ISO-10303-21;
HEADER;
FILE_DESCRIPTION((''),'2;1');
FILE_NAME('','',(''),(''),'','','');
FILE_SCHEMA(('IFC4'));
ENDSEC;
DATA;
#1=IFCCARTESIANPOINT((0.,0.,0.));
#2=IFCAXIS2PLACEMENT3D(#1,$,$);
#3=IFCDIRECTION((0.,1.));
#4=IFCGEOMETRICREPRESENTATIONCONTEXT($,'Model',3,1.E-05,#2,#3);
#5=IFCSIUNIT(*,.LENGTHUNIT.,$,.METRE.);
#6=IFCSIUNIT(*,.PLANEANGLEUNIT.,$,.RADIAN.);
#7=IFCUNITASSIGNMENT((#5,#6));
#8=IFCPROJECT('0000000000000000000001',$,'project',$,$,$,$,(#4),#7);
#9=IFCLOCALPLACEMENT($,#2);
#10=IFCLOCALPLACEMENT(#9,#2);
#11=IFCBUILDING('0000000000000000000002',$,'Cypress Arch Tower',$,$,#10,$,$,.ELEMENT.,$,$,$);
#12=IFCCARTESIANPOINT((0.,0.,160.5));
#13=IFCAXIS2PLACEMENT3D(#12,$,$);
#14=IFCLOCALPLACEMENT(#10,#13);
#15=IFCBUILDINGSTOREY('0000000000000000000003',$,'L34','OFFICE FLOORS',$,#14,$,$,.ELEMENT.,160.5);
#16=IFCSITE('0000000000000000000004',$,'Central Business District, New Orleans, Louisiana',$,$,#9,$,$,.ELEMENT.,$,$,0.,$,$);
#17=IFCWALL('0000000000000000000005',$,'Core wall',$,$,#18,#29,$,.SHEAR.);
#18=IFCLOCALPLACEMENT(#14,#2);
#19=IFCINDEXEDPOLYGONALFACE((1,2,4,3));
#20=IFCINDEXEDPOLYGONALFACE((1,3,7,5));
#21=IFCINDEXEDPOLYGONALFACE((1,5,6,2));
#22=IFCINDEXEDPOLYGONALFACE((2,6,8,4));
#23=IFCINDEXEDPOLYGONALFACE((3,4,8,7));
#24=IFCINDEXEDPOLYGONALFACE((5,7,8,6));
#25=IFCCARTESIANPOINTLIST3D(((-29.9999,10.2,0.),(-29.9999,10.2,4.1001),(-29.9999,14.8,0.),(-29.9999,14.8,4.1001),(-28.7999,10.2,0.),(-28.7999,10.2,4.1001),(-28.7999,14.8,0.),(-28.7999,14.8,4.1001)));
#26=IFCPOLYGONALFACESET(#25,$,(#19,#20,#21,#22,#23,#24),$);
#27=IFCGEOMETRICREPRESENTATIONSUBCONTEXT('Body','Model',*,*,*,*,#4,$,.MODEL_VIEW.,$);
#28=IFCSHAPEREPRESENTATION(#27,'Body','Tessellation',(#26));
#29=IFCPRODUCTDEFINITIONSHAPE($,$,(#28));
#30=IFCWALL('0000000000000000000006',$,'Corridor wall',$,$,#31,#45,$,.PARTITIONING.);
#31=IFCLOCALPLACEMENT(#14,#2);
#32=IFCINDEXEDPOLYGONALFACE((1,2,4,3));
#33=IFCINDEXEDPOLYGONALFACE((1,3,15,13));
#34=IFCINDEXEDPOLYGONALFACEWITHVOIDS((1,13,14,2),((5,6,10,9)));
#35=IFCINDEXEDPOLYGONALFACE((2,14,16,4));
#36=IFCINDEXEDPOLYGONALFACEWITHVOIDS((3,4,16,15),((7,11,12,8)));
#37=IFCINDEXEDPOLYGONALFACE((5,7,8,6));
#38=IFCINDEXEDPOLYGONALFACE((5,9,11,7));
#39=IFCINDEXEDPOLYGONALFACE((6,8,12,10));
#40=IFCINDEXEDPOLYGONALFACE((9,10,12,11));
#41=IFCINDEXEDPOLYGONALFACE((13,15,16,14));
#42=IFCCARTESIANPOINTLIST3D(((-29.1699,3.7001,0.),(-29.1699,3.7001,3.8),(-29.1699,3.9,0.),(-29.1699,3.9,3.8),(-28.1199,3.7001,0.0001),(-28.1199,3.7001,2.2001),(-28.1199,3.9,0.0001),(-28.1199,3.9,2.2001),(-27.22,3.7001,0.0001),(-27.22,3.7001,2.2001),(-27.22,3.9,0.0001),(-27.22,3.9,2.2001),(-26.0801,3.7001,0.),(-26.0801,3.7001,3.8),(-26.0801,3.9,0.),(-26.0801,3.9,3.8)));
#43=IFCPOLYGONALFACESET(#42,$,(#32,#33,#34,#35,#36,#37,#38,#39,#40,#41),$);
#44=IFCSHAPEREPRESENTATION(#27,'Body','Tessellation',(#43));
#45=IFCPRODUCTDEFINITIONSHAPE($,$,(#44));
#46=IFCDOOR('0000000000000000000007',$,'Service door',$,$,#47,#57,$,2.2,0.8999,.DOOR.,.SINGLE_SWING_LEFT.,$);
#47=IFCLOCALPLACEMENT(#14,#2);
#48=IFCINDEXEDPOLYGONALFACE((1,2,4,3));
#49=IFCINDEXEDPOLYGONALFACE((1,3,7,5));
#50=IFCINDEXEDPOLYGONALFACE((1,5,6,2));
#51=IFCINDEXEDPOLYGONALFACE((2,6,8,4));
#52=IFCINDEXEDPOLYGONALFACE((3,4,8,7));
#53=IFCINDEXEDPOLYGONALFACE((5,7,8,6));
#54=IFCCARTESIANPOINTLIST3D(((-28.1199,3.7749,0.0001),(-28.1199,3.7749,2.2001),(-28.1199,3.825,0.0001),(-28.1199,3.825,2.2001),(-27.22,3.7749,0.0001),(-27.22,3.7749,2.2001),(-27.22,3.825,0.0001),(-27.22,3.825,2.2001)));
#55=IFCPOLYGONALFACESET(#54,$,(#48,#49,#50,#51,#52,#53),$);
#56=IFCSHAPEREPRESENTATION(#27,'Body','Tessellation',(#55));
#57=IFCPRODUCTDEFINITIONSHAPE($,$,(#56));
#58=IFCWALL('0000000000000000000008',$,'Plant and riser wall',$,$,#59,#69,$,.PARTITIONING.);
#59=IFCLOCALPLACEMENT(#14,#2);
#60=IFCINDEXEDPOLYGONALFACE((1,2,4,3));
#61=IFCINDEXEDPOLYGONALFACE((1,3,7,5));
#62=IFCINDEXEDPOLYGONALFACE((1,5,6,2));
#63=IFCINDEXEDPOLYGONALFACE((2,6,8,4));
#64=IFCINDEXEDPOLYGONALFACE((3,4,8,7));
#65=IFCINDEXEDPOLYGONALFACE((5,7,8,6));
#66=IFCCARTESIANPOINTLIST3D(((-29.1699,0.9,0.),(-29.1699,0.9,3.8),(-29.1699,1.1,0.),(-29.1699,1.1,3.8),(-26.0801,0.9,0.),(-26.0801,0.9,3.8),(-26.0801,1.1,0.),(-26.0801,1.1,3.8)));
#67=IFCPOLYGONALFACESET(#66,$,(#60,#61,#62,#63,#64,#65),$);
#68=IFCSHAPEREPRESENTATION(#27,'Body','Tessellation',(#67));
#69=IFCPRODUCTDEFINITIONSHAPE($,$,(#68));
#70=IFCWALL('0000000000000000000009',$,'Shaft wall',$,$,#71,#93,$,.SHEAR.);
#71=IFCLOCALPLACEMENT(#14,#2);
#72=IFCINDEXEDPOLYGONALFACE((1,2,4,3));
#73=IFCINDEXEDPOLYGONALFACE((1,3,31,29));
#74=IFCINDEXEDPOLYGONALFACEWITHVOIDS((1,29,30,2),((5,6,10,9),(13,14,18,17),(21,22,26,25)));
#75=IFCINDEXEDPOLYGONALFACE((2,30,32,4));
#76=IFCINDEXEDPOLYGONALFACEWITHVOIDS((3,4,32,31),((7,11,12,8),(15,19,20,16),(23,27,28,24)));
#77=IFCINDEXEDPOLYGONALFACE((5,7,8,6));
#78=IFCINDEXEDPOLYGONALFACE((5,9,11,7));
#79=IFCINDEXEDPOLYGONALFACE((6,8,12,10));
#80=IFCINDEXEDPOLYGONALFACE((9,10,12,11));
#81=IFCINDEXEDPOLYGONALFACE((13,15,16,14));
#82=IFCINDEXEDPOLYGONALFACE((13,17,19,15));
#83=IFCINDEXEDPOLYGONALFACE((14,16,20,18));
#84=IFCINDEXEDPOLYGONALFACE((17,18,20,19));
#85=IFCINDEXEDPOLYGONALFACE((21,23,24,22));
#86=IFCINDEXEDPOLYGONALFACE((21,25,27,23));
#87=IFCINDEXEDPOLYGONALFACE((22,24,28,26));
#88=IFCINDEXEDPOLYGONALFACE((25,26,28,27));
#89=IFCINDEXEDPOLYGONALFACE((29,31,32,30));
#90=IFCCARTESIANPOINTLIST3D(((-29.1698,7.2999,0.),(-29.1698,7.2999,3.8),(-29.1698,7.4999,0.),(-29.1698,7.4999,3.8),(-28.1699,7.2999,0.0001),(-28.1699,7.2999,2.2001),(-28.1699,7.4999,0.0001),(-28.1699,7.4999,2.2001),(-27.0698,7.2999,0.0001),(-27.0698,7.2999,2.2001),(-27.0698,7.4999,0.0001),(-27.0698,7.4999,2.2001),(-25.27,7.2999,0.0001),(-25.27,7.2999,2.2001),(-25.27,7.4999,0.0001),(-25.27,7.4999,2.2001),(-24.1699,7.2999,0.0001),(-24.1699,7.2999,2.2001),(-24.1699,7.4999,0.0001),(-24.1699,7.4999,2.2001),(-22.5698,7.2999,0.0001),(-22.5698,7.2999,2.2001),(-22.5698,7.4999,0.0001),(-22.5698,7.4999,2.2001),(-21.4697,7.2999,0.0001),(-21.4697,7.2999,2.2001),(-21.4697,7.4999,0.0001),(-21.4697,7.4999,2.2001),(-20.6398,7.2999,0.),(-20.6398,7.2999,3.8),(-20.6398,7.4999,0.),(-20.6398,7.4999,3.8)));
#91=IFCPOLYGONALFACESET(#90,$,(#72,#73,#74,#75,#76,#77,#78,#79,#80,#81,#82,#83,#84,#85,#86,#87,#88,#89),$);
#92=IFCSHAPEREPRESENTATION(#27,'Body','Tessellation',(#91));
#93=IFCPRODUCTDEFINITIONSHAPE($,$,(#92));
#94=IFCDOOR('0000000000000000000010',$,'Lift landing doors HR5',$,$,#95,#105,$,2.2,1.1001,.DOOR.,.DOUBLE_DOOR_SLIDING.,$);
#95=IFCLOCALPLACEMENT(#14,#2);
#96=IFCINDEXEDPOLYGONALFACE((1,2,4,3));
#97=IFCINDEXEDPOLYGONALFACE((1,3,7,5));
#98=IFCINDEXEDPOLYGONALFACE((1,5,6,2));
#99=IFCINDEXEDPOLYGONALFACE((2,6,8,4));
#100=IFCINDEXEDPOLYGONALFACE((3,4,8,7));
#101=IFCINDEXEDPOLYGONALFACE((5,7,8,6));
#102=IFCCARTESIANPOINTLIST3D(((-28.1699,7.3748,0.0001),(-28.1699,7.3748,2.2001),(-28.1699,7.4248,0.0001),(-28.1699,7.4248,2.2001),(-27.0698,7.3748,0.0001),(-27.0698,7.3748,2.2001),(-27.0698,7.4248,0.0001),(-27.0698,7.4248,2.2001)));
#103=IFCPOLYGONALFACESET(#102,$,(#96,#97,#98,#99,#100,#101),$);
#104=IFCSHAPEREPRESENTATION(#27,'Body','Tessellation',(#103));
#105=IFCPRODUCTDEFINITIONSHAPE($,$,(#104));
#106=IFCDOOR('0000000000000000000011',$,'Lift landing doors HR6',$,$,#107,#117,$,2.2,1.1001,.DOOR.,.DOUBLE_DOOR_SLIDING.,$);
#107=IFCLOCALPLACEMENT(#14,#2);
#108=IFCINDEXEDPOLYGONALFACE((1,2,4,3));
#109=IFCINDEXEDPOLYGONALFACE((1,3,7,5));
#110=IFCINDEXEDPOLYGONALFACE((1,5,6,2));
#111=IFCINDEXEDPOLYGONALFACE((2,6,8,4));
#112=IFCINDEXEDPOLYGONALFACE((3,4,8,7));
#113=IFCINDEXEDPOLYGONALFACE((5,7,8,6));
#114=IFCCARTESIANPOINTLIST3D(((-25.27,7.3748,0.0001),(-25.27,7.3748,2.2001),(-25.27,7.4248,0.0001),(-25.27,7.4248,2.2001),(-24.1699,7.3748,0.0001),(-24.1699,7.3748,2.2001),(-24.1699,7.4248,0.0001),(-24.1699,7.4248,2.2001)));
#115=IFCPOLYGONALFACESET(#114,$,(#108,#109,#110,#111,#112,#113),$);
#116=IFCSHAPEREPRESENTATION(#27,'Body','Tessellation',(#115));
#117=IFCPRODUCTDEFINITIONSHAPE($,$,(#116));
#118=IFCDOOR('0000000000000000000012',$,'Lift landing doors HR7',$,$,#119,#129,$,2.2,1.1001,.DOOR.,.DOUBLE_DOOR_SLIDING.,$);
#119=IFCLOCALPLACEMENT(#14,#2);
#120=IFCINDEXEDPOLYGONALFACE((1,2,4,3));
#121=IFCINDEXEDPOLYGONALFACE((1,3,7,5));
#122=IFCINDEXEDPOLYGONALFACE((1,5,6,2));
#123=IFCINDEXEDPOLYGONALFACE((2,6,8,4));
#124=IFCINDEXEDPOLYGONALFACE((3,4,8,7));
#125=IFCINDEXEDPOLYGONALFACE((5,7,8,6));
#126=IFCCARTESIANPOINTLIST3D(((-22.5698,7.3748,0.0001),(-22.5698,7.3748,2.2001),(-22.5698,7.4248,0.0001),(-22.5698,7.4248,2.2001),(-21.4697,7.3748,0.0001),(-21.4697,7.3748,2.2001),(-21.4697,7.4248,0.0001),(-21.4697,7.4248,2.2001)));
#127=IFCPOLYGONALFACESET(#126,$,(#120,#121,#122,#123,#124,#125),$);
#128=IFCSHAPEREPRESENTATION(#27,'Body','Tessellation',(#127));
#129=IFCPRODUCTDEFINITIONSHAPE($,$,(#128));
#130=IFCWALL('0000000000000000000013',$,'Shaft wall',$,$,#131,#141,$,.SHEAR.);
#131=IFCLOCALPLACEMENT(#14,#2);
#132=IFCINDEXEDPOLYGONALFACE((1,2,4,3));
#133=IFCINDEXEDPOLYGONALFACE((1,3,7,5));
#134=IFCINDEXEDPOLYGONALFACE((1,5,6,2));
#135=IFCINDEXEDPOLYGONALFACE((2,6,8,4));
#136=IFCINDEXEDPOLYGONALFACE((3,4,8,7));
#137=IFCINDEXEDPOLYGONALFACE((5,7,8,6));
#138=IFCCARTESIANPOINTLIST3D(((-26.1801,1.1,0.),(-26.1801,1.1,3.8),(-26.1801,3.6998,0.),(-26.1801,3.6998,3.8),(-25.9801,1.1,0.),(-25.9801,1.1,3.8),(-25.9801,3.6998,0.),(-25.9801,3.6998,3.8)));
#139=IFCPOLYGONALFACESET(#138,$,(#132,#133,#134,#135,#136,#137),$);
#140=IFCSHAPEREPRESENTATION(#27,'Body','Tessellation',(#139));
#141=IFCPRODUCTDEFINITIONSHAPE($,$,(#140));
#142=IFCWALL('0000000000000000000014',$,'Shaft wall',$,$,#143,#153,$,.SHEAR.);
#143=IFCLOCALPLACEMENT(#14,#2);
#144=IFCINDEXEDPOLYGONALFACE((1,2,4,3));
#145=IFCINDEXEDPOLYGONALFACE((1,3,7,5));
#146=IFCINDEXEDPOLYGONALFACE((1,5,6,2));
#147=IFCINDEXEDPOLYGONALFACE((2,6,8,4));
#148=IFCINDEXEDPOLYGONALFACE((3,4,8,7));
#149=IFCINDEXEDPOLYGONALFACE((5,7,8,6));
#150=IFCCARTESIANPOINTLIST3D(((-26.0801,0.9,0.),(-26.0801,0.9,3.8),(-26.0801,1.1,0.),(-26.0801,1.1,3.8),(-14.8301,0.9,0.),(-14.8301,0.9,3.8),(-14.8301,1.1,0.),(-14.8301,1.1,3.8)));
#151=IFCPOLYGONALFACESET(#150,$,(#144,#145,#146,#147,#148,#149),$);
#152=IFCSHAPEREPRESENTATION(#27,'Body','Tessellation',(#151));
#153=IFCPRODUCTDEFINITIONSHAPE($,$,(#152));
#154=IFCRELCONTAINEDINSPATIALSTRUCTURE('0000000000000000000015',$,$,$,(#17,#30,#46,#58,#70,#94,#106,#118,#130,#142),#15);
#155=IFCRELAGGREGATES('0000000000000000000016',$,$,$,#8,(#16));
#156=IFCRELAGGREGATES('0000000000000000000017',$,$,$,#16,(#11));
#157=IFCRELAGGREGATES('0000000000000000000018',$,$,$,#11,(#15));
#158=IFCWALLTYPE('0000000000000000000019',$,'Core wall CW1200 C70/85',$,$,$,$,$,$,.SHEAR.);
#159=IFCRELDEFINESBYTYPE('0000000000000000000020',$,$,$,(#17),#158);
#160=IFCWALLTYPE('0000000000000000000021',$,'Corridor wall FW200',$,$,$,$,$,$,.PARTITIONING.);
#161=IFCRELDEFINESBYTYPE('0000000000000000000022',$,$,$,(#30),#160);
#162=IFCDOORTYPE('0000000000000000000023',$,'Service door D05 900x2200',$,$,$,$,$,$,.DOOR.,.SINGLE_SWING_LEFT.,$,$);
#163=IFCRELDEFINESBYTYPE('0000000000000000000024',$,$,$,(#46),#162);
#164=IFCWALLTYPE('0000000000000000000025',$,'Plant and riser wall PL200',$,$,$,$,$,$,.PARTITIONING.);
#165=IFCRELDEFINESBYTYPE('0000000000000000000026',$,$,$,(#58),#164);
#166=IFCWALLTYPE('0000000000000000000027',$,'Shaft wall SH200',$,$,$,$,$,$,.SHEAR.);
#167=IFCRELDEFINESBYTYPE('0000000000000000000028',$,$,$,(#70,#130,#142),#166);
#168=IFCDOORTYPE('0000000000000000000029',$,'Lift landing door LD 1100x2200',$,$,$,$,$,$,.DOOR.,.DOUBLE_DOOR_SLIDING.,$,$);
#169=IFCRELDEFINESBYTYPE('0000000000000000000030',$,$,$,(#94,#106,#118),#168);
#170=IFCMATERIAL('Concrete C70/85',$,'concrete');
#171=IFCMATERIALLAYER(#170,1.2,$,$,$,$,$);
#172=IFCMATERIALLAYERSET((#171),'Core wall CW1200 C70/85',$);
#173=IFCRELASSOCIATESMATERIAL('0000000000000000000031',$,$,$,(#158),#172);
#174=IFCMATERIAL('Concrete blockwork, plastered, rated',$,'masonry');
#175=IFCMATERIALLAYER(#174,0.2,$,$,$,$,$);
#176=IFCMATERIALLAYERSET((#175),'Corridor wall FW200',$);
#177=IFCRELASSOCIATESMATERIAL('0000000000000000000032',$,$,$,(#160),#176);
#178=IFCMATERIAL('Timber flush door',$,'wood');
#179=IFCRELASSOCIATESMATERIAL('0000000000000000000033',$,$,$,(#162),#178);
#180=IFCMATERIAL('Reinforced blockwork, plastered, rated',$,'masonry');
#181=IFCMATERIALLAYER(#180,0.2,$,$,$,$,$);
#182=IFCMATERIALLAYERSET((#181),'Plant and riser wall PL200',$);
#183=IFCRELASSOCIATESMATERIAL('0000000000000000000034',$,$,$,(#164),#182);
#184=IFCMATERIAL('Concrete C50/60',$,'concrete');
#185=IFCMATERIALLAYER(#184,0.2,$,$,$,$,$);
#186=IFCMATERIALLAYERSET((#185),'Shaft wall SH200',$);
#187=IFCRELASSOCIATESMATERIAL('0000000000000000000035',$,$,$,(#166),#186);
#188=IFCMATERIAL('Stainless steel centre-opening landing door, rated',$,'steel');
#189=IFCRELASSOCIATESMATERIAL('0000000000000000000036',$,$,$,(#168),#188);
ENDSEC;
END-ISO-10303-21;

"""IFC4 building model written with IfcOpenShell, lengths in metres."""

from ifc_helpers import new_model, si_unit, direction, frame, frame_2d, origin, place, context, subcontext, project, spatial, rectangle, extrude, material, layer, layer_set, type_object, element, fill, save


model = new_model("IFC4")

# Units and contexts
model_context = context("Model", 3, precision=1e-05, world=origin(), true_north=direction((0.0, 1.0)))
body_context = subcontext(model_context, "Body", "Model", "MODEL_VIEW")
ifc_project = project(units=[si_unit("LENGTHUNIT", "METRE"), si_unit("PLANEANGLEUNIT", "RADIAN")], contexts=[model_context])

# Site, building, storey
site_placement = place(None, origin())
site = spatial("IfcSite", under=ifc_project, at=site_placement, Name="Central Business District, New Orleans, Louisiana", CompositionType="ELEMENT", RefElevation=0.0)
building_placement = place(site_placement, origin())
building = spatial("IfcBuilding", under=site, at=building_placement, Name="Cypress Arch Tower", CompositionType="ELEMENT")
storey_placement = place(building_placement, frame((0.0, 0.0, 160.5)))
storey = spatial("IfcBuildingStorey", under=building, at=storey_placement, Name="L34", Description="OFFICE FLOORS", CompositionType="ELEMENT", Elevation=160.5)

# Wall
ifc_material_1 = material(Name="Concrete C70/85", Category="concrete")
ifc_layer_1 = layer(ifc_material_1, 1.2)
ifc_layer_set_1 = layer_set([ifc_layer_1], Name="Core wall CW1200 C70/85")
wall_type_1 = type_object("IfcWallType", Name="Core wall CW1200 C70/85", PredefinedType="SHEAR", material=ifc_layer_set_1)
wall_1_placement = place(storey_placement, frame((-29.3999, 10.2, 0.0), z_axis=(0.0, 0.0, 1.0), x_axis=(0.0, 1.0, 0.0)))
element("IfcWall", 1, at=wall_1_placement, inside=storey, type_object=wall_type_1, Name="Core wall", PredefinedType="SHEAR", context=body_context, shape_type="SweptSolid", body=[
    extrude(rectangle(XDim=4.6001, YDim=1.2, at=frame_2d((2.3, 0.0))), origin(), (0.0, 0.0, 1.0), 4.1001),
])

# Wall, opening, door
ifc_material_2 = material(Name="Concrete blockwork, plastered, rated", Category="masonry")
ifc_layer_2 = layer(ifc_material_2, 0.2)
ifc_layer_set_2 = layer_set([ifc_layer_2], Name="Corridor wall FW200")
wall_type_2 = type_object("IfcWallType", Name="Corridor wall FW200", PredefinedType="PARTITIONING", material=ifc_layer_set_2)
wall_2_placement = place(storey_placement, frame((-29.1699, 3.8, 0.0), z_axis=(0.0, 0.0, 1.0), x_axis=(1.0, 0.0, 0.0)))
wall_2 = element("IfcWall", 2, at=wall_2_placement, inside=storey, type_object=wall_type_2, Name="Corridor wall", PredefinedType="PARTITIONING", context=body_context, shape_type="SweptSolid", body=[
    extrude(rectangle(XDim=3.0898, YDim=0.2, at=frame_2d((1.5449, 0.0))), origin(), (0.0, 0.0, 1.0), 3.8),
])
opening_1_placement = place(wall_2_placement, frame((1.05, 0.0, 0.0)))
opening_1 = element("IfcOpeningElement", 3, at=opening_1_placement, cuts=wall_2, PredefinedType="OPENING", context=body_context, shape_type="SweptSolid", body=[
    extrude(rectangle(XDim=0.8999, YDim=2.2, at=frame_2d((0.45, 1.1001))), frame((0.0, 0.1099, 0.0), z_axis=(0.0, -1.0, 0.0), x_axis=(1.0, 0.0, 0.0)), (0.0, 0.0, 1.0), 0.22),
])
ifc_material_3 = material(Name="Timber flush door", Category="wood")
door_type_1 = type_object("IfcDoorType", Name="Service door D05 900x2200", OperationType="SINGLE_SWING_LEFT", PredefinedType="DOOR", material=ifc_material_3)
door_1_placement = place(opening_1_placement, origin())
door_1 = element("IfcDoor", 4, at=door_1_placement, inside=storey, type_object=door_type_1, Name="Service door", OperationType="SINGLE_SWING_LEFT", OverallHeight=2.2, OverallWidth=0.8999, PredefinedType="DOOR", context=body_context, shape_type="SweptSolid", body=[
    extrude(rectangle(XDim=0.8999, YDim=2.2, at=frame_2d((0.45, 1.1001))), frame((0.0, 0.0249, 0.0), z_axis=(0.0, -1.0, 0.0), x_axis=(1.0, 0.0, 0.0)), (0.0, 0.0, 1.0), 0.05),
])
fill(opening_1, door_1)

# Wall
ifc_material_4 = material(Name="Reinforced blockwork, plastered, rated", Category="masonry")
ifc_layer_3 = layer(ifc_material_4, 0.2)
ifc_layer_set_3 = layer_set([ifc_layer_3], Name="Plant and riser wall PL200")
wall_type_3 = type_object("IfcWallType", Name="Plant and riser wall PL200", PredefinedType="PARTITIONING", material=ifc_layer_set_3)
wall_3_placement = place(storey_placement, frame((-29.1699, 1.0, 0.0), z_axis=(0.0, 0.0, 1.0), x_axis=(1.0, 0.0, 0.0)))
element("IfcWall", 5, at=wall_3_placement, inside=storey, type_object=wall_type_3, Name="Plant and riser wall", PredefinedType="PARTITIONING", context=body_context, shape_type="SweptSolid", body=[
    extrude(rectangle(XDim=3.0898, YDim=0.2, at=frame_2d((1.5449, 0.0))), origin(), (0.0, 0.0, 1.0), 3.8),
])

# Wall, openings, doors
ifc_material_5 = material(Name="Concrete C50/60", Category="concrete")
ifc_layer_4 = layer(ifc_material_5, 0.2)
ifc_layer_set_4 = layer_set([ifc_layer_4], Name="Shaft wall SH200")
wall_type_4 = type_object("IfcWallType", Name="Shaft wall SH200", PredefinedType="SHEAR", material=ifc_layer_set_4)
wall_4_placement = place(storey_placement, frame((-29.1699, 7.3999, 0.0), z_axis=(0.0, 0.0, 1.0), x_axis=(1.0, 0.0, 0.0)))
wall_4 = element("IfcWall", 6, at=wall_4_placement, inside=storey, type_object=wall_type_4, Name="Shaft wall", PredefinedType="SHEAR", context=body_context, shape_type="SweptSolid", body=[
    extrude(rectangle(XDim=8.53, YDim=0.2, at=frame_2d((4.2651, 0.0))), origin(), (0.0, 0.0, 1.0), 3.8),
])
opening_2_placement = place(wall_4_placement, frame((1.0, 0.0, 0.0)))
opening_2 = element("IfcOpeningElement", 7, at=opening_2_placement, cuts=wall_4, PredefinedType="OPENING", context=body_context, shape_type="SweptSolid", body=[
    extrude(rectangle(XDim=1.1001, YDim=2.2, at=frame_2d((0.55, 1.1001))), frame((0.0, 0.1099, 0.0), z_axis=(0.0, -1.0, 0.0), x_axis=(1.0, 0.0, 0.0)), (0.0, 0.0, 1.0), 0.22),
])
opening_3_placement = place(wall_4_placement, frame((3.8999, 0.0, 0.0)))
opening_3 = element("IfcOpeningElement", 8, at=opening_3_placement, cuts=wall_4, PredefinedType="OPENING", context=body_context, shape_type="SweptSolid", body=[
    extrude(rectangle(XDim=1.1001, YDim=2.2, at=frame_2d((0.55, 1.1001))), frame((0.0, 0.1099, 0.0), z_axis=(0.0, -1.0, 0.0), x_axis=(1.0, 0.0, 0.0)), (0.0, 0.0, 1.0), 0.22),
])
opening_4_placement = place(wall_4_placement, frame((6.6001, 0.0, 0.0)))
opening_4 = element("IfcOpeningElement", 9, at=opening_4_placement, cuts=wall_4, PredefinedType="OPENING", context=body_context, shape_type="SweptSolid", body=[
    extrude(rectangle(XDim=1.1001, YDim=2.2, at=frame_2d((0.55, 1.1001))), frame((0.0, 0.1099, 0.0), z_axis=(0.0, -1.0, 0.0), x_axis=(1.0, 0.0, 0.0)), (0.0, 0.0, 1.0), 0.22),
])
ifc_material_6 = material(Name="Stainless steel centre-opening landing door, rated", Category="steel")
door_type_2 = type_object("IfcDoorType", Name="Lift landing door LD 1100x2200", OperationType="DOUBLE_DOOR_SLIDING", PredefinedType="DOOR", material=ifc_material_6)
door_2_placement = place(opening_2_placement, origin())
door_2 = element("IfcDoor", 10, at=door_2_placement, inside=storey, type_object=door_type_2, Name="Lift landing doors HR5", OperationType="DOUBLE_DOOR_SLIDING", OverallHeight=2.2, OverallWidth=1.1001, PredefinedType="DOOR", context=body_context, shape_type="SweptSolid", body=[
    extrude(rectangle(XDim=1.1001, YDim=2.2, at=frame_2d((0.55, 1.1001))), frame((0.0, 0.0249, 0.0), z_axis=(0.0, -1.0, 0.0), x_axis=(1.0, 0.0, 0.0)), (0.0, 0.0, 1.0), 0.05),
])
fill(opening_2, door_2)
door_3_placement = place(opening_3_placement, origin())
door_3 = element("IfcDoor", 11, at=door_3_placement, inside=storey, type_object=door_type_2, Name="Lift landing doors HR6", OperationType="DOUBLE_DOOR_SLIDING", OverallHeight=2.2, OverallWidth=1.1001, PredefinedType="DOOR", context=body_context, shape_type="SweptSolid", body=[
    extrude(rectangle(XDim=1.1001, YDim=2.2, at=frame_2d((0.55, 1.1001))), frame((0.0, 0.0249, 0.0), z_axis=(0.0, -1.0, 0.0), x_axis=(1.0, 0.0, 0.0)), (0.0, 0.0, 1.0), 0.05),
])
fill(opening_3, door_3)
door_4_placement = place(opening_4_placement, origin())
door_4 = element("IfcDoor", 12, at=door_4_placement, inside=storey, type_object=door_type_2, Name="Lift landing doors HR7", OperationType="DOUBLE_DOOR_SLIDING", OverallHeight=2.2, OverallWidth=1.1001, PredefinedType="DOOR", context=body_context, shape_type="SweptSolid", body=[
    extrude(rectangle(XDim=1.1001, YDim=2.2, at=frame_2d((0.55, 1.1001))), frame((0.0, 0.0249, 0.0), z_axis=(0.0, -1.0, 0.0), x_axis=(1.0, 0.0, 0.0)), (0.0, 0.0, 1.0), 0.05),
])
fill(opening_4, door_4)

# Walls
wall_5_placement = place(storey_placement, frame((-26.0801, 1.1001, 0.0), z_axis=(0.0, 0.0, 1.0), x_axis=(0.0, 1.0, 0.0)))
element("IfcWall", 13, at=wall_5_placement, inside=storey, type_object=wall_type_4, Name="Shaft wall", PredefinedType="SHEAR", context=body_context, shape_type="SweptSolid", body=[
    extrude(rectangle(XDim=2.5999, YDim=0.2, at=frame_2d((1.2998, 0.0))), origin(), (0.0, 0.0, 1.0), 3.8),
])
wall_6_placement = place(storey_placement, frame((-26.0801, 1.0, 0.0), z_axis=(0.0, 0.0, 1.0), x_axis=(1.0, 0.0, 0.0)))
element("IfcWall", 14, at=wall_6_placement, inside=storey, type_object=wall_type_4, Name="Shaft wall", PredefinedType="SHEAR", context=body_context, shape_type="SweptSolid", body=[
    extrude(rectangle(XDim=11.25, YDim=0.2, at=frame_2d((5.625, 0.0))), origin(), (0.0, 0.0, 1.0), 3.8),
])

save(model, "model.ifc")
